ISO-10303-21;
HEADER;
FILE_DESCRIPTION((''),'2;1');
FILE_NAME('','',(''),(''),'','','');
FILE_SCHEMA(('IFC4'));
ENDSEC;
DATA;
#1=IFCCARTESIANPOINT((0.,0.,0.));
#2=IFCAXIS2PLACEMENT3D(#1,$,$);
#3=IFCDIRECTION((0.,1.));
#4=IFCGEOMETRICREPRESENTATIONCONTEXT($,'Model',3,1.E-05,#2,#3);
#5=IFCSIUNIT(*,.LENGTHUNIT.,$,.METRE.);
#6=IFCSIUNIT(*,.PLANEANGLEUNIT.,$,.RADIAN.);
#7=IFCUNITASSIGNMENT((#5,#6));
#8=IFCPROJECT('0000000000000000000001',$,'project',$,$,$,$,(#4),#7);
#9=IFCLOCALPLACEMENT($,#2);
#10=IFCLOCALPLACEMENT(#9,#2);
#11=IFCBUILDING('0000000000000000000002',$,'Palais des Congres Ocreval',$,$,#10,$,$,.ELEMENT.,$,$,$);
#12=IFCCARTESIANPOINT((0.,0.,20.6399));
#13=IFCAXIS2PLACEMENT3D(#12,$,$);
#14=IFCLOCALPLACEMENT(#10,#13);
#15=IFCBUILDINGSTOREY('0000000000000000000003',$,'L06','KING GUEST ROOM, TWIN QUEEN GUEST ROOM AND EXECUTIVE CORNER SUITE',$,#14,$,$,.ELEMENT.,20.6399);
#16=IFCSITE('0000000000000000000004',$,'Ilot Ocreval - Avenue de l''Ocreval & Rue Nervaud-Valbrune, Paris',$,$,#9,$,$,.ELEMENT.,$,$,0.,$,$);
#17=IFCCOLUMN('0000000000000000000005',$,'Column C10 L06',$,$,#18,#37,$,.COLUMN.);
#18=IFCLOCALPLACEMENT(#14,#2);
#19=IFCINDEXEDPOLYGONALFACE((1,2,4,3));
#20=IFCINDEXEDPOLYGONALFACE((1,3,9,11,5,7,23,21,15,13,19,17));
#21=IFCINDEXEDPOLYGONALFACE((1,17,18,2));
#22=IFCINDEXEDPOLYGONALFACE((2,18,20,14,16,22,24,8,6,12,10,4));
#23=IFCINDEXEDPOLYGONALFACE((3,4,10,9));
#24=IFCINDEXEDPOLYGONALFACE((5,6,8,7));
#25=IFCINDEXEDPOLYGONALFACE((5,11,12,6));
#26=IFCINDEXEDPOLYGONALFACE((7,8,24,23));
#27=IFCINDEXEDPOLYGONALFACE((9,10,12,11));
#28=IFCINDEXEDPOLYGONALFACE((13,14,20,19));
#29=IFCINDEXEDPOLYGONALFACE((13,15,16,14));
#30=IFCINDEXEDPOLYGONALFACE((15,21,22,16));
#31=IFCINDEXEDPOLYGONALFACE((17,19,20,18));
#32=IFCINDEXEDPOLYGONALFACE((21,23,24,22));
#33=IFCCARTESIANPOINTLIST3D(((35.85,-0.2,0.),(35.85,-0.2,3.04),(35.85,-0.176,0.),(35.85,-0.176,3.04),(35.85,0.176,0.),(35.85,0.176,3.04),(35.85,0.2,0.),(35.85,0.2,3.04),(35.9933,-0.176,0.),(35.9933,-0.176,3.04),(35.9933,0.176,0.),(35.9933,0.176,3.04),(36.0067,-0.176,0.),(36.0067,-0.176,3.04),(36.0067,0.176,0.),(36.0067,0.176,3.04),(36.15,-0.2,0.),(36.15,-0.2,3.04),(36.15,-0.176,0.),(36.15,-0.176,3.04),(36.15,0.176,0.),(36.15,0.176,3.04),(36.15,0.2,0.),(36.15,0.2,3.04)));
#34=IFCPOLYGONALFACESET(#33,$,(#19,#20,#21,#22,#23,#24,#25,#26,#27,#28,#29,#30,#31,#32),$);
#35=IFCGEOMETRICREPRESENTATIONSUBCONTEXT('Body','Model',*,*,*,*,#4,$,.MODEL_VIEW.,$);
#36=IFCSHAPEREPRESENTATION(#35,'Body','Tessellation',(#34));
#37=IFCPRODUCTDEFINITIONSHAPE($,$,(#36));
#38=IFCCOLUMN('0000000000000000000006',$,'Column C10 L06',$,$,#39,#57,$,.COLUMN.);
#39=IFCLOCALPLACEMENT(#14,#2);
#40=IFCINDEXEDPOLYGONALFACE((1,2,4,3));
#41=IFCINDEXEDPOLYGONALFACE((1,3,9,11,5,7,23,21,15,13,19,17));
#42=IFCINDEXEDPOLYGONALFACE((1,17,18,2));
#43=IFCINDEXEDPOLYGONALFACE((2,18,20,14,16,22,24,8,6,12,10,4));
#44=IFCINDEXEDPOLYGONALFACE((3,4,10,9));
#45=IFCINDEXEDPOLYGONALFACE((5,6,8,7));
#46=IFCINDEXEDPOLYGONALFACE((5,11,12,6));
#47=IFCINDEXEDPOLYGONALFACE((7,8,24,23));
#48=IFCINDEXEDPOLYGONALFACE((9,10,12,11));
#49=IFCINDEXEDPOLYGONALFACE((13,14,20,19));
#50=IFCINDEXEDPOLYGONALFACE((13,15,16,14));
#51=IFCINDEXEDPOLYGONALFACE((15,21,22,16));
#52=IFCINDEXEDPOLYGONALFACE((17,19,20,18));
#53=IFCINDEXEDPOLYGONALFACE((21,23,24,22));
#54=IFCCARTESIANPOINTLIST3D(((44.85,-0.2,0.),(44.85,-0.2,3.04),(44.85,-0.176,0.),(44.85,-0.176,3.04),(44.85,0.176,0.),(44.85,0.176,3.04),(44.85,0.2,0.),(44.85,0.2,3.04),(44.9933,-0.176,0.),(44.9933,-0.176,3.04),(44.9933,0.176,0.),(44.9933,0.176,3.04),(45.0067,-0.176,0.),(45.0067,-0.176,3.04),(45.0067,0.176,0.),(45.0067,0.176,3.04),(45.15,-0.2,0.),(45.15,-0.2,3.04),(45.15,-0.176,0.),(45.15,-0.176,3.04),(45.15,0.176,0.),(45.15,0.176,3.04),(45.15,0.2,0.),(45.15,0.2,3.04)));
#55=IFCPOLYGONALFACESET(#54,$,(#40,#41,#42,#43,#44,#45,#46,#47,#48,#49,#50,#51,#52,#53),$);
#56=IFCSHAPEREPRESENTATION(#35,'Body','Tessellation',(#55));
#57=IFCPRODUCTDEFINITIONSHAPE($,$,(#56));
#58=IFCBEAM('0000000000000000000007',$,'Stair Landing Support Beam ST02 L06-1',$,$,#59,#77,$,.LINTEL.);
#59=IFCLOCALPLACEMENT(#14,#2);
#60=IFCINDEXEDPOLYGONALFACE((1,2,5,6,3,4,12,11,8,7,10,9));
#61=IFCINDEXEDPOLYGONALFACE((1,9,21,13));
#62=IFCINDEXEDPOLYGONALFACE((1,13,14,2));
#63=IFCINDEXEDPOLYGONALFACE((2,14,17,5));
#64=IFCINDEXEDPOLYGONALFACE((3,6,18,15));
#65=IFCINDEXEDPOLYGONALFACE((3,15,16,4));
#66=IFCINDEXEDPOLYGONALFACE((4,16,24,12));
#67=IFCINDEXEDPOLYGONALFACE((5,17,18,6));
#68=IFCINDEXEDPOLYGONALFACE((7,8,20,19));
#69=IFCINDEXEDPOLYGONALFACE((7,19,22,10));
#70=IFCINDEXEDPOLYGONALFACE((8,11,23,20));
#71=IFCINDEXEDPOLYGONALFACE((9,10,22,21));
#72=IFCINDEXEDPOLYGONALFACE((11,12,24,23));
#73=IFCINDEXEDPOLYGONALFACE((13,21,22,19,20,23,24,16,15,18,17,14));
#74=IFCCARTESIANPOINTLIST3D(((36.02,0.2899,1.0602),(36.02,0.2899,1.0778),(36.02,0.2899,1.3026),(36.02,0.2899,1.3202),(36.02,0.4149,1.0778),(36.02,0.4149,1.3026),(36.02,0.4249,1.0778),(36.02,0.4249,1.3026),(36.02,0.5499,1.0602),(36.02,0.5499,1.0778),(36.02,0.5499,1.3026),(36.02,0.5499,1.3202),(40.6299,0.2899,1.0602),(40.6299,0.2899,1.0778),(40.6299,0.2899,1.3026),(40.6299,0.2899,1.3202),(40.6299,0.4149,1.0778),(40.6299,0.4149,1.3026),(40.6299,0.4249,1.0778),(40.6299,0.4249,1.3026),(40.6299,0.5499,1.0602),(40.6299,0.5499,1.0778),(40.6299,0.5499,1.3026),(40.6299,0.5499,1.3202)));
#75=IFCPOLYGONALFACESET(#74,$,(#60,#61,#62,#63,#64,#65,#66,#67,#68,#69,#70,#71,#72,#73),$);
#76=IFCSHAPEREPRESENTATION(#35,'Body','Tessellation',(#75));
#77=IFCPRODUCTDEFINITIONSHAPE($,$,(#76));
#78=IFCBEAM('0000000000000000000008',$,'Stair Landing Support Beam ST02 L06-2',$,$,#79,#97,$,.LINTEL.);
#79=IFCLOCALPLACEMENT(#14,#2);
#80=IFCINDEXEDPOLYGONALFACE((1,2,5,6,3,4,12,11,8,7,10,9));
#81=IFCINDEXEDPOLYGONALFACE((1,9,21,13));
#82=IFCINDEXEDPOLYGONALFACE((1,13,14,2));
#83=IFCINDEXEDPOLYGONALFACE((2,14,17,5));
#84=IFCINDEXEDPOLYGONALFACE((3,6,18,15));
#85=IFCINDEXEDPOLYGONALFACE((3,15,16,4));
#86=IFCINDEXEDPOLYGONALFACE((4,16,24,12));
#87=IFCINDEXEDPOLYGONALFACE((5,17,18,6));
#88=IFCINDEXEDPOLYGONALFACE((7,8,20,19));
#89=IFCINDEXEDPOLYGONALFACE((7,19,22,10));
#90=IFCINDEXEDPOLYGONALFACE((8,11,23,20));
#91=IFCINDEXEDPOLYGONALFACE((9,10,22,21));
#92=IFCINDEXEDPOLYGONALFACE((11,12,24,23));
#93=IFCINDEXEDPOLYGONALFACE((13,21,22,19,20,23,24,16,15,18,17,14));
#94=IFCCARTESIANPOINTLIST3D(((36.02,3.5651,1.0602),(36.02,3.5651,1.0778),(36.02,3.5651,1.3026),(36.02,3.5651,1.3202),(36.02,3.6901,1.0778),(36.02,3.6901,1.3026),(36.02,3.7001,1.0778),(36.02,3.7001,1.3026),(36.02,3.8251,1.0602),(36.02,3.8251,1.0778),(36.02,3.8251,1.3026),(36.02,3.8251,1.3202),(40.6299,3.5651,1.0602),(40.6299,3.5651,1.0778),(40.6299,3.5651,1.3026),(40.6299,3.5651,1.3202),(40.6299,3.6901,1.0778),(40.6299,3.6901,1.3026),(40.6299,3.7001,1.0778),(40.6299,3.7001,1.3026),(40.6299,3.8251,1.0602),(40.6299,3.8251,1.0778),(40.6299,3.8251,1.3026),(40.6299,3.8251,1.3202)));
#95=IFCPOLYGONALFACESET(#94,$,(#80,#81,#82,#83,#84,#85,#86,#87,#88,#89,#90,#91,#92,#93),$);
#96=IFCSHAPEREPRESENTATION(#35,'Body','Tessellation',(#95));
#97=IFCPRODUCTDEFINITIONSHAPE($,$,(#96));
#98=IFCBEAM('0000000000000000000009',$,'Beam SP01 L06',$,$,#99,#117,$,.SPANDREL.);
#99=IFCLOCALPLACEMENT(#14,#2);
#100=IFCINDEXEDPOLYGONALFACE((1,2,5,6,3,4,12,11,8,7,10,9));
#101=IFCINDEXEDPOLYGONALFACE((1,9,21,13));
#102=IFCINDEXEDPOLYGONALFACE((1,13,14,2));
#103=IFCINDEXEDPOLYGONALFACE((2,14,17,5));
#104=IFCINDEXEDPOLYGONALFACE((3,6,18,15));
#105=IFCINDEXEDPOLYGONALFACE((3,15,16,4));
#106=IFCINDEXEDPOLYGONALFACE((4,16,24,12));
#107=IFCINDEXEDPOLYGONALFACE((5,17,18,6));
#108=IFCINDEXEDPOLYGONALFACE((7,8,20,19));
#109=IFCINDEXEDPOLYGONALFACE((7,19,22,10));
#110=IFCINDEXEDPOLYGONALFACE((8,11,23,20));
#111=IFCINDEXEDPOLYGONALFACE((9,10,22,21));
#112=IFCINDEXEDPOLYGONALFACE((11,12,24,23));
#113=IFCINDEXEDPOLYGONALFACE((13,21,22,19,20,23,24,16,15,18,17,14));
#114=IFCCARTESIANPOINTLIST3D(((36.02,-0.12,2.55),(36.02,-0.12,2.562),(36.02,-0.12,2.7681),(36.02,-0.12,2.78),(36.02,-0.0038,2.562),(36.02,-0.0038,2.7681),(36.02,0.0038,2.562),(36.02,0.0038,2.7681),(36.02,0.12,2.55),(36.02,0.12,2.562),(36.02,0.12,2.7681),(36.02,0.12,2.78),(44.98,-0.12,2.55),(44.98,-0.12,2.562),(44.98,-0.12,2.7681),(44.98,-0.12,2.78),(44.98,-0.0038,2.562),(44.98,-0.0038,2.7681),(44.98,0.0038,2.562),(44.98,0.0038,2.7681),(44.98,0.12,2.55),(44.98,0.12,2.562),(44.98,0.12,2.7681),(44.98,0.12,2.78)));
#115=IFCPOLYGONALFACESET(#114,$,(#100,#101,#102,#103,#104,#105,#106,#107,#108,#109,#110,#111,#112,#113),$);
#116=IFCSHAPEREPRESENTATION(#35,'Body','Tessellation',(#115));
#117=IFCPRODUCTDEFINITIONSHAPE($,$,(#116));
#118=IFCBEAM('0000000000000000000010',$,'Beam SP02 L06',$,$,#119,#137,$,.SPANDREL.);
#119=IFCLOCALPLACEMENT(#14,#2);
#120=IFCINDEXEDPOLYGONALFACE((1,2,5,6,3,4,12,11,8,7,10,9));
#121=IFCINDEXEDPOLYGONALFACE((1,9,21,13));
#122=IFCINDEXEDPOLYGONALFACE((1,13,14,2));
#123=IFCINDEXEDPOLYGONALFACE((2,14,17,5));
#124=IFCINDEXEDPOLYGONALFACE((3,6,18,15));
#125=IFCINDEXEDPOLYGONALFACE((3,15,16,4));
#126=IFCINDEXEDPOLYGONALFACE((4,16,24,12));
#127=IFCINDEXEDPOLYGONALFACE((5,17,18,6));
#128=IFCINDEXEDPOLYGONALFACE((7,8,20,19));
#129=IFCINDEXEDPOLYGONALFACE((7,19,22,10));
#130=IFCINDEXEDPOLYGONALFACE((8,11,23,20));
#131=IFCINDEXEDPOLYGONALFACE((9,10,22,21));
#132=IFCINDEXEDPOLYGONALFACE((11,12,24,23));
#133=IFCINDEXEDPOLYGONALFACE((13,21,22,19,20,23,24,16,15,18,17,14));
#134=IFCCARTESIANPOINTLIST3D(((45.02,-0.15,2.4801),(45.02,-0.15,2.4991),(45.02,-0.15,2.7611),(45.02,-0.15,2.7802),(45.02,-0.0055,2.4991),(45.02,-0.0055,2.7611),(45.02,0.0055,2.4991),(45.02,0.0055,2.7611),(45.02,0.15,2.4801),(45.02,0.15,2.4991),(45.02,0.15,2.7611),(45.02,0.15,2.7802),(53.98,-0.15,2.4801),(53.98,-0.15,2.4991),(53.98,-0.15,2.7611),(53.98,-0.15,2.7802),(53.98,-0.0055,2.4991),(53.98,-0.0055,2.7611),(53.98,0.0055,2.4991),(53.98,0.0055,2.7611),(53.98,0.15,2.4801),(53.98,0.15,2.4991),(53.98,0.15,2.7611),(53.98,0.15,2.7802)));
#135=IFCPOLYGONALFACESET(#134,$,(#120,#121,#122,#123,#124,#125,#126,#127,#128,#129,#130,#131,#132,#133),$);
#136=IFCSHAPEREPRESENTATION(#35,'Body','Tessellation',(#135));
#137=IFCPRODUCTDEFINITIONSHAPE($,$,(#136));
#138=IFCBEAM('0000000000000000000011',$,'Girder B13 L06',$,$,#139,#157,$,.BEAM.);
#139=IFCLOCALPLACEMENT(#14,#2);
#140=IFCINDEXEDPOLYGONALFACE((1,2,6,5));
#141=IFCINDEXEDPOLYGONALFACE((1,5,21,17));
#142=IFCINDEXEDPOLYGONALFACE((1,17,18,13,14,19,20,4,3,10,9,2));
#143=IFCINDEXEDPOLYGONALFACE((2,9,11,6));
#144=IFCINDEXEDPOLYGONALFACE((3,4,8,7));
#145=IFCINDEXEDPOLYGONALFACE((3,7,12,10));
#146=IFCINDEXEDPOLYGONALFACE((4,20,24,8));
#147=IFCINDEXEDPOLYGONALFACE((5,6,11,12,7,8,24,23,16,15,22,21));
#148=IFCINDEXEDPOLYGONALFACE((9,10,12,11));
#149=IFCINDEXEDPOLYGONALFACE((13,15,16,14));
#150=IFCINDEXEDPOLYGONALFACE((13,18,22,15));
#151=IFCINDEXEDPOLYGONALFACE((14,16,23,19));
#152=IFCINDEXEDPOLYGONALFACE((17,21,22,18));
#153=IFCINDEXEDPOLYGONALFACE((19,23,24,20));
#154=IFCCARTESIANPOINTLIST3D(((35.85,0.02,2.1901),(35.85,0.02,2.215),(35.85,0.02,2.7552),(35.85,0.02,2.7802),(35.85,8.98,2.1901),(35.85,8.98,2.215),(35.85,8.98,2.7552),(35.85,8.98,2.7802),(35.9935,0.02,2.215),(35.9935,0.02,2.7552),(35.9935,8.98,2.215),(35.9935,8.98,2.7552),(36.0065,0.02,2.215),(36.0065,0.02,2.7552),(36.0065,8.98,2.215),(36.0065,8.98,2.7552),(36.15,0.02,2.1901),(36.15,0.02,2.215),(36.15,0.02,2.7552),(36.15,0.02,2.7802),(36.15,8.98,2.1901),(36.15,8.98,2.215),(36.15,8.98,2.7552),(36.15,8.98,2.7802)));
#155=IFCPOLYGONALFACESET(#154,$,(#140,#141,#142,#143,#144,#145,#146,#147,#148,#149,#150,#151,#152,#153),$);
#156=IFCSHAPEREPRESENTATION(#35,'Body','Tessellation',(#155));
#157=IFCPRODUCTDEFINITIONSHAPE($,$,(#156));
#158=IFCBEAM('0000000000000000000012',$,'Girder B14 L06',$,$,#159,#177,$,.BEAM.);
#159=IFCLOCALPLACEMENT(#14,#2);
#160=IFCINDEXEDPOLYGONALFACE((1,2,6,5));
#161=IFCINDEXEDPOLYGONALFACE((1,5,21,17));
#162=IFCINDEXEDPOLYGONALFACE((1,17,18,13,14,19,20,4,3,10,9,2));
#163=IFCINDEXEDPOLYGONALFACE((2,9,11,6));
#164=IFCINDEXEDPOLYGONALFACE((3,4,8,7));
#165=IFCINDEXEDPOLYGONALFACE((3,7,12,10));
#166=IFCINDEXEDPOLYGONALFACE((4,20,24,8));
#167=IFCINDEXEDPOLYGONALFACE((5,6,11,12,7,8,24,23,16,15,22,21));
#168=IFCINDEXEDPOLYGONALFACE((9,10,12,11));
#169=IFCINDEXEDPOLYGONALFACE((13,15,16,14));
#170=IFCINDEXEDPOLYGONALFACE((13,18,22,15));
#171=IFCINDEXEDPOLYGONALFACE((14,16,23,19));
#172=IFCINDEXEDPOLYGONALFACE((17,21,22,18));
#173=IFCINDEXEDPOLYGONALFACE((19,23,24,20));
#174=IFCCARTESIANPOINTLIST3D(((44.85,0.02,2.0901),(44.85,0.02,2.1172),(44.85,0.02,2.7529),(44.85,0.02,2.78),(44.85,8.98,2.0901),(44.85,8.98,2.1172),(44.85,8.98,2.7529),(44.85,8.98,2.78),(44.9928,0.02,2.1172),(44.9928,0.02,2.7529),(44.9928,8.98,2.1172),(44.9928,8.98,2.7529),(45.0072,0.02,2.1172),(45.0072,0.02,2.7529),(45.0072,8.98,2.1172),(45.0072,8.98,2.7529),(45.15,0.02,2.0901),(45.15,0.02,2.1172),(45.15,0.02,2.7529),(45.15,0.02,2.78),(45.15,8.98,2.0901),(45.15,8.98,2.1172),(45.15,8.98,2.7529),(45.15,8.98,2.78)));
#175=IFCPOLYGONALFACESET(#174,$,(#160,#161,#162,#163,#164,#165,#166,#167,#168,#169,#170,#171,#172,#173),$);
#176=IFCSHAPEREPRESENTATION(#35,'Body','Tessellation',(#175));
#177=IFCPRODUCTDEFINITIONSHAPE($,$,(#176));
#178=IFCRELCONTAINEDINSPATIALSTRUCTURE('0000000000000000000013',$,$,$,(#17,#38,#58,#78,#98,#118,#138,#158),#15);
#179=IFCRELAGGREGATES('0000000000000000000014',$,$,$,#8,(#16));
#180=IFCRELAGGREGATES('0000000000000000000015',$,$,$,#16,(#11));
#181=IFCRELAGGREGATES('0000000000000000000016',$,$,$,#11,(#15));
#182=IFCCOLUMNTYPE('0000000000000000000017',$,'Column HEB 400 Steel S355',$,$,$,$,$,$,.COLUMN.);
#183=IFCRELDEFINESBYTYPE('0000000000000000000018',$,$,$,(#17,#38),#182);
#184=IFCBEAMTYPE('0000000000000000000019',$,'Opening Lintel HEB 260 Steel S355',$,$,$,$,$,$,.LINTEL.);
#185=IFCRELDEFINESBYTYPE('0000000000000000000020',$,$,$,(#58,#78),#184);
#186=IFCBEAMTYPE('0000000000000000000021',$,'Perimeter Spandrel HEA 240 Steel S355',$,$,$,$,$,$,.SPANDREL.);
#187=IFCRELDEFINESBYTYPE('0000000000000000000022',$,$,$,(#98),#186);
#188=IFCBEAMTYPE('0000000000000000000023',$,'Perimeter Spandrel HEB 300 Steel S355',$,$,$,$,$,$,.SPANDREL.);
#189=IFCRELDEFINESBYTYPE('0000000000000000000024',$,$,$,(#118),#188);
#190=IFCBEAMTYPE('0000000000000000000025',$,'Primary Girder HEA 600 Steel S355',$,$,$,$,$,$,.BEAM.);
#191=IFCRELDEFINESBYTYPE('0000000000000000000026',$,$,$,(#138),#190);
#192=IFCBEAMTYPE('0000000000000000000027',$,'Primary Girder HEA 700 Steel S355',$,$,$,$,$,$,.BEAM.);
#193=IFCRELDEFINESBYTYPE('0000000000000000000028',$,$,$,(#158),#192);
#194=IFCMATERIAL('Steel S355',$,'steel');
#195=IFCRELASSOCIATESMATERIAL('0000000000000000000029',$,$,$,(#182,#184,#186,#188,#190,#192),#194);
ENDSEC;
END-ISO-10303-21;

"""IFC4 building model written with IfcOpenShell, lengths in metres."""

from ifc_helpers import new_model, si_unit, direction, frame, origin, origin_2d, place, context, subcontext, project, spatial, i_section, extrude, material, material_profile, profile_set, type_object, element, save


model = new_model("IFC4")

# Units and contexts
model_context = context("Model", 3, precision=1e-05, world=origin(), true_north=direction((0.0, 1.0)))
body_context = subcontext(model_context, "Body", "Model", "MODEL_VIEW")
ifc_project = project(units=[si_unit("LENGTHUNIT", "METRE"), si_unit("PLANEANGLEUNIT", "RADIAN")], contexts=[model_context])

# Site, building, storey
site_placement = place(None, origin())
site = spatial("IfcSite", under=ifc_project, at=site_placement, Name="Ilot Ocreval - Avenue de l'Ocreval & Rue Nervaud-Valbrune, Paris", CompositionType="ELEMENT", RefElevation=0.0)
building_placement = place(site_placement, origin())
building = spatial("IfcBuilding", under=site, at=building_placement, Name="Palais des Congres Ocreval", CompositionType="ELEMENT")
storey_placement = place(building_placement, frame((0.0, 0.0, 20.6399)))
storey = spatial("IfcBuildingStorey", under=building, at=storey_placement, Name="L06", Description="KING GUEST ROOM, TWIN QUEEN GUEST ROOM AND EXECUTIVE CORNER SUITE", CompositionType="ELEMENT", Elevation=20.6399)

# Columns
ifc_material_1 = material(Name="Steel S355", Category="steel")
ifc_material_profile_1 = material_profile(ifc_material_1, i_section(OverallWidth=0.3, OverallDepth=0.3999, WebThickness=0.0134, FlangeThickness=0.0239, at=origin_2d()), Name="HEB 400")
ifc_profile_set_1 = profile_set([ifc_material_profile_1], Name="Steel S355")
column_type = type_object("IfcColumnType", Name="Column HEB 400 Steel S355", PredefinedType="COLUMN", material=ifc_profile_set_1)
for number, where, z_axis, x_axis, name in (
    (1, (36.0, 0.0, 0.0), (0.0, 0.0, 1.0), (1.0, 0.0, 0.0), "Column C10 L06"),
    (2, (45.0, 0.0, 0.0), (0.0, 0.0, 1.0), (1.0, 0.0, 0.0), "Column C10 L06"),
):
    element("IfcColumn", number, at=place(storey_placement, frame(where, z_axis=z_axis, x_axis=x_axis)), inside=storey, type_object=column_type, Name=name, PredefinedType="COLUMN", context=body_context, shape_type="SweptSolid", body=[
        extrude(i_section(OverallWidth=0.3, OverallDepth=0.3999, WebThickness=0.0134, FlangeThickness=0.0239, at=origin_2d()), origin(), (0.0, 0.0, 1.0), 3.04),
    ])

# Beams
ifc_material_profile_2 = material_profile(ifc_material_1, i_section(OverallWidth=0.26, OverallDepth=0.26, WebThickness=0.01, FlangeThickness=0.0176, at=origin_2d()), Name="HEB 260")
ifc_profile_set_2 = profile_set([ifc_material_profile_2], Name="Steel S355")
beam_type_1 = type_object("IfcBeamType", Name="Opening Lintel HEB 260 Steel S355", PredefinedType="LINTEL", material=ifc_profile_set_2)
for number, where, z_axis, x_axis, name in (
    (3, (36.02, 0.4199, 1.1902), (1.0, 0.0, 0.0), (0.0, 1.0, 0.0), "Stair Landing Support Beam ST02 L06-1"),
    (4, (36.02, 3.6951, 1.1902), (1.0, 0.0, 0.0), (0.0, 1.0, 0.0), "Stair Landing Support Beam ST02 L06-2"),
):
    element("IfcBeam", number, at=place(storey_placement, frame(where, z_axis=z_axis, x_axis=x_axis)), inside=storey, type_object=beam_type_1, Name=name, PredefinedType="LINTEL", context=body_context, shape_type="SweptSolid", body=[
        extrude(i_section(OverallWidth=0.26, OverallDepth=0.26, WebThickness=0.01, FlangeThickness=0.0176, at=origin_2d()), origin(), (0.0, 0.0, 1.0), 4.6099),
    ])
ifc_material_profile_3 = material_profile(ifc_material_1, i_section(OverallWidth=0.24, OverallDepth=0.23, WebThickness=0.0076, FlangeThickness=0.012, at=origin_2d()), Name="HEA 240")
ifc_profile_set_3 = profile_set([ifc_material_profile_3], Name="Steel S355")
beam_type_2 = type_object("IfcBeamType", Name="Perimeter Spandrel HEA 240 Steel S355", PredefinedType="SPANDREL", material=ifc_profile_set_3)
beam_1_placement = place(storey_placement, frame((36.02, 0.0, 2.665), z_axis=(1.0, 0.0, 0.0), x_axis=(0.0, 1.0, 0.0)))
element("IfcBeam", 5, at=beam_1_placement, inside=storey, type_object=beam_type_2, Name="Beam SP01 L06", PredefinedType="SPANDREL", context=body_context, shape_type="SweptSolid", body=[
    extrude(i_section(OverallWidth=0.24, OverallDepth=0.23, WebThickness=0.0076, FlangeThickness=0.012, at=origin_2d()), origin(), (0.0, 0.0, 1.0), 8.96),
])
ifc_material_profile_4 = material_profile(ifc_material_1, i_section(OverallWidth=0.3, OverallDepth=0.3, WebThickness=0.011, FlangeThickness=0.019, at=origin_2d()), Name="HEB 300")
ifc_profile_set_4 = profile_set([ifc_material_profile_4], Name="Steel S355")
beam_type_3 = type_object("IfcBeamType", Name="Perimeter Spandrel HEB 300 Steel S355", PredefinedType="SPANDREL", material=ifc_profile_set_4)
beam_2_placement = place(storey_placement, frame((45.02, 0.0, 2.6301), z_axis=(1.0, 0.0, 0.0), x_axis=(0.0, 1.0, 0.0)))
element("IfcBeam", 6, at=beam_2_placement, inside=storey, type_object=beam_type_3, Name="Beam SP02 L06", PredefinedType="SPANDREL", context=body_context, shape_type="SweptSolid", body=[
    extrude(i_section(OverallWidth=0.3, OverallDepth=0.3, WebThickness=0.011, FlangeThickness=0.019, at=origin_2d()), origin(), (0.0, 0.0, 1.0), 8.96),
])
ifc_material_profile_5 = material_profile(ifc_material_1, i_section(OverallWidth=0.3, OverallDepth=0.5901, WebThickness=0.0129, FlangeThickness=0.0249, at=origin_2d()), Name="HEA 600")
ifc_profile_set_5 = profile_set([ifc_material_profile_5], Name="Steel S355")
beam_type_4 = type_object("IfcBeamType", Name="Primary Girder HEA 600 Steel S355", PredefinedType="BEAM", material=ifc_profile_set_5)
beam_3_placement = place(storey_placement, frame((36.0, 0.02, 2.4851), z_axis=(0.0, 1.0, 0.0), x_axis=(-1.0, 0.0, 0.0)))
element("IfcBeam", 7, at=beam_3_placement, inside=storey, type_object=beam_type_4, Name="Girder B13 L06", PredefinedType="BEAM", context=body_context, shape_type="SweptSolid", body=[
    extrude(i_section(OverallWidth=0.3, OverallDepth=0.5901, WebThickness=0.0129, FlangeThickness=0.0249, at=origin_2d()), origin(), (0.0, 0.0, 1.0), 8.96),
])
ifc_material_profile_6 = material_profile(ifc_material_1, i_section(OverallWidth=0.3, OverallDepth=0.6899, WebThickness=0.0144, FlangeThickness=0.0271, at=origin_2d()), Name="HEA 700")
ifc_profile_set_6 = profile_set([ifc_material_profile_6], Name="Steel S355")
beam_type_5 = type_object("IfcBeamType", Name="Primary Girder HEA 700 Steel S355", PredefinedType="BEAM", material=ifc_profile_set_6)
beam_4_placement = place(storey_placement, frame((45.0, 0.02, 2.4351), z_axis=(0.0, 1.0, 0.0), x_axis=(-1.0, 0.0, 0.0)))
element("IfcBeam", 8, at=beam_4_placement, inside=storey, type_object=beam_type_5, Name="Girder B14 L06", PredefinedType="BEAM", context=body_context, shape_type="SweptSolid", body=[
    extrude(i_section(OverallWidth=0.3, OverallDepth=0.6899, WebThickness=0.0144, FlangeThickness=0.0271, at=origin_2d()), origin(), (0.0, 0.0, 1.0), 8.96),
])

save(model, "model.ifc")
